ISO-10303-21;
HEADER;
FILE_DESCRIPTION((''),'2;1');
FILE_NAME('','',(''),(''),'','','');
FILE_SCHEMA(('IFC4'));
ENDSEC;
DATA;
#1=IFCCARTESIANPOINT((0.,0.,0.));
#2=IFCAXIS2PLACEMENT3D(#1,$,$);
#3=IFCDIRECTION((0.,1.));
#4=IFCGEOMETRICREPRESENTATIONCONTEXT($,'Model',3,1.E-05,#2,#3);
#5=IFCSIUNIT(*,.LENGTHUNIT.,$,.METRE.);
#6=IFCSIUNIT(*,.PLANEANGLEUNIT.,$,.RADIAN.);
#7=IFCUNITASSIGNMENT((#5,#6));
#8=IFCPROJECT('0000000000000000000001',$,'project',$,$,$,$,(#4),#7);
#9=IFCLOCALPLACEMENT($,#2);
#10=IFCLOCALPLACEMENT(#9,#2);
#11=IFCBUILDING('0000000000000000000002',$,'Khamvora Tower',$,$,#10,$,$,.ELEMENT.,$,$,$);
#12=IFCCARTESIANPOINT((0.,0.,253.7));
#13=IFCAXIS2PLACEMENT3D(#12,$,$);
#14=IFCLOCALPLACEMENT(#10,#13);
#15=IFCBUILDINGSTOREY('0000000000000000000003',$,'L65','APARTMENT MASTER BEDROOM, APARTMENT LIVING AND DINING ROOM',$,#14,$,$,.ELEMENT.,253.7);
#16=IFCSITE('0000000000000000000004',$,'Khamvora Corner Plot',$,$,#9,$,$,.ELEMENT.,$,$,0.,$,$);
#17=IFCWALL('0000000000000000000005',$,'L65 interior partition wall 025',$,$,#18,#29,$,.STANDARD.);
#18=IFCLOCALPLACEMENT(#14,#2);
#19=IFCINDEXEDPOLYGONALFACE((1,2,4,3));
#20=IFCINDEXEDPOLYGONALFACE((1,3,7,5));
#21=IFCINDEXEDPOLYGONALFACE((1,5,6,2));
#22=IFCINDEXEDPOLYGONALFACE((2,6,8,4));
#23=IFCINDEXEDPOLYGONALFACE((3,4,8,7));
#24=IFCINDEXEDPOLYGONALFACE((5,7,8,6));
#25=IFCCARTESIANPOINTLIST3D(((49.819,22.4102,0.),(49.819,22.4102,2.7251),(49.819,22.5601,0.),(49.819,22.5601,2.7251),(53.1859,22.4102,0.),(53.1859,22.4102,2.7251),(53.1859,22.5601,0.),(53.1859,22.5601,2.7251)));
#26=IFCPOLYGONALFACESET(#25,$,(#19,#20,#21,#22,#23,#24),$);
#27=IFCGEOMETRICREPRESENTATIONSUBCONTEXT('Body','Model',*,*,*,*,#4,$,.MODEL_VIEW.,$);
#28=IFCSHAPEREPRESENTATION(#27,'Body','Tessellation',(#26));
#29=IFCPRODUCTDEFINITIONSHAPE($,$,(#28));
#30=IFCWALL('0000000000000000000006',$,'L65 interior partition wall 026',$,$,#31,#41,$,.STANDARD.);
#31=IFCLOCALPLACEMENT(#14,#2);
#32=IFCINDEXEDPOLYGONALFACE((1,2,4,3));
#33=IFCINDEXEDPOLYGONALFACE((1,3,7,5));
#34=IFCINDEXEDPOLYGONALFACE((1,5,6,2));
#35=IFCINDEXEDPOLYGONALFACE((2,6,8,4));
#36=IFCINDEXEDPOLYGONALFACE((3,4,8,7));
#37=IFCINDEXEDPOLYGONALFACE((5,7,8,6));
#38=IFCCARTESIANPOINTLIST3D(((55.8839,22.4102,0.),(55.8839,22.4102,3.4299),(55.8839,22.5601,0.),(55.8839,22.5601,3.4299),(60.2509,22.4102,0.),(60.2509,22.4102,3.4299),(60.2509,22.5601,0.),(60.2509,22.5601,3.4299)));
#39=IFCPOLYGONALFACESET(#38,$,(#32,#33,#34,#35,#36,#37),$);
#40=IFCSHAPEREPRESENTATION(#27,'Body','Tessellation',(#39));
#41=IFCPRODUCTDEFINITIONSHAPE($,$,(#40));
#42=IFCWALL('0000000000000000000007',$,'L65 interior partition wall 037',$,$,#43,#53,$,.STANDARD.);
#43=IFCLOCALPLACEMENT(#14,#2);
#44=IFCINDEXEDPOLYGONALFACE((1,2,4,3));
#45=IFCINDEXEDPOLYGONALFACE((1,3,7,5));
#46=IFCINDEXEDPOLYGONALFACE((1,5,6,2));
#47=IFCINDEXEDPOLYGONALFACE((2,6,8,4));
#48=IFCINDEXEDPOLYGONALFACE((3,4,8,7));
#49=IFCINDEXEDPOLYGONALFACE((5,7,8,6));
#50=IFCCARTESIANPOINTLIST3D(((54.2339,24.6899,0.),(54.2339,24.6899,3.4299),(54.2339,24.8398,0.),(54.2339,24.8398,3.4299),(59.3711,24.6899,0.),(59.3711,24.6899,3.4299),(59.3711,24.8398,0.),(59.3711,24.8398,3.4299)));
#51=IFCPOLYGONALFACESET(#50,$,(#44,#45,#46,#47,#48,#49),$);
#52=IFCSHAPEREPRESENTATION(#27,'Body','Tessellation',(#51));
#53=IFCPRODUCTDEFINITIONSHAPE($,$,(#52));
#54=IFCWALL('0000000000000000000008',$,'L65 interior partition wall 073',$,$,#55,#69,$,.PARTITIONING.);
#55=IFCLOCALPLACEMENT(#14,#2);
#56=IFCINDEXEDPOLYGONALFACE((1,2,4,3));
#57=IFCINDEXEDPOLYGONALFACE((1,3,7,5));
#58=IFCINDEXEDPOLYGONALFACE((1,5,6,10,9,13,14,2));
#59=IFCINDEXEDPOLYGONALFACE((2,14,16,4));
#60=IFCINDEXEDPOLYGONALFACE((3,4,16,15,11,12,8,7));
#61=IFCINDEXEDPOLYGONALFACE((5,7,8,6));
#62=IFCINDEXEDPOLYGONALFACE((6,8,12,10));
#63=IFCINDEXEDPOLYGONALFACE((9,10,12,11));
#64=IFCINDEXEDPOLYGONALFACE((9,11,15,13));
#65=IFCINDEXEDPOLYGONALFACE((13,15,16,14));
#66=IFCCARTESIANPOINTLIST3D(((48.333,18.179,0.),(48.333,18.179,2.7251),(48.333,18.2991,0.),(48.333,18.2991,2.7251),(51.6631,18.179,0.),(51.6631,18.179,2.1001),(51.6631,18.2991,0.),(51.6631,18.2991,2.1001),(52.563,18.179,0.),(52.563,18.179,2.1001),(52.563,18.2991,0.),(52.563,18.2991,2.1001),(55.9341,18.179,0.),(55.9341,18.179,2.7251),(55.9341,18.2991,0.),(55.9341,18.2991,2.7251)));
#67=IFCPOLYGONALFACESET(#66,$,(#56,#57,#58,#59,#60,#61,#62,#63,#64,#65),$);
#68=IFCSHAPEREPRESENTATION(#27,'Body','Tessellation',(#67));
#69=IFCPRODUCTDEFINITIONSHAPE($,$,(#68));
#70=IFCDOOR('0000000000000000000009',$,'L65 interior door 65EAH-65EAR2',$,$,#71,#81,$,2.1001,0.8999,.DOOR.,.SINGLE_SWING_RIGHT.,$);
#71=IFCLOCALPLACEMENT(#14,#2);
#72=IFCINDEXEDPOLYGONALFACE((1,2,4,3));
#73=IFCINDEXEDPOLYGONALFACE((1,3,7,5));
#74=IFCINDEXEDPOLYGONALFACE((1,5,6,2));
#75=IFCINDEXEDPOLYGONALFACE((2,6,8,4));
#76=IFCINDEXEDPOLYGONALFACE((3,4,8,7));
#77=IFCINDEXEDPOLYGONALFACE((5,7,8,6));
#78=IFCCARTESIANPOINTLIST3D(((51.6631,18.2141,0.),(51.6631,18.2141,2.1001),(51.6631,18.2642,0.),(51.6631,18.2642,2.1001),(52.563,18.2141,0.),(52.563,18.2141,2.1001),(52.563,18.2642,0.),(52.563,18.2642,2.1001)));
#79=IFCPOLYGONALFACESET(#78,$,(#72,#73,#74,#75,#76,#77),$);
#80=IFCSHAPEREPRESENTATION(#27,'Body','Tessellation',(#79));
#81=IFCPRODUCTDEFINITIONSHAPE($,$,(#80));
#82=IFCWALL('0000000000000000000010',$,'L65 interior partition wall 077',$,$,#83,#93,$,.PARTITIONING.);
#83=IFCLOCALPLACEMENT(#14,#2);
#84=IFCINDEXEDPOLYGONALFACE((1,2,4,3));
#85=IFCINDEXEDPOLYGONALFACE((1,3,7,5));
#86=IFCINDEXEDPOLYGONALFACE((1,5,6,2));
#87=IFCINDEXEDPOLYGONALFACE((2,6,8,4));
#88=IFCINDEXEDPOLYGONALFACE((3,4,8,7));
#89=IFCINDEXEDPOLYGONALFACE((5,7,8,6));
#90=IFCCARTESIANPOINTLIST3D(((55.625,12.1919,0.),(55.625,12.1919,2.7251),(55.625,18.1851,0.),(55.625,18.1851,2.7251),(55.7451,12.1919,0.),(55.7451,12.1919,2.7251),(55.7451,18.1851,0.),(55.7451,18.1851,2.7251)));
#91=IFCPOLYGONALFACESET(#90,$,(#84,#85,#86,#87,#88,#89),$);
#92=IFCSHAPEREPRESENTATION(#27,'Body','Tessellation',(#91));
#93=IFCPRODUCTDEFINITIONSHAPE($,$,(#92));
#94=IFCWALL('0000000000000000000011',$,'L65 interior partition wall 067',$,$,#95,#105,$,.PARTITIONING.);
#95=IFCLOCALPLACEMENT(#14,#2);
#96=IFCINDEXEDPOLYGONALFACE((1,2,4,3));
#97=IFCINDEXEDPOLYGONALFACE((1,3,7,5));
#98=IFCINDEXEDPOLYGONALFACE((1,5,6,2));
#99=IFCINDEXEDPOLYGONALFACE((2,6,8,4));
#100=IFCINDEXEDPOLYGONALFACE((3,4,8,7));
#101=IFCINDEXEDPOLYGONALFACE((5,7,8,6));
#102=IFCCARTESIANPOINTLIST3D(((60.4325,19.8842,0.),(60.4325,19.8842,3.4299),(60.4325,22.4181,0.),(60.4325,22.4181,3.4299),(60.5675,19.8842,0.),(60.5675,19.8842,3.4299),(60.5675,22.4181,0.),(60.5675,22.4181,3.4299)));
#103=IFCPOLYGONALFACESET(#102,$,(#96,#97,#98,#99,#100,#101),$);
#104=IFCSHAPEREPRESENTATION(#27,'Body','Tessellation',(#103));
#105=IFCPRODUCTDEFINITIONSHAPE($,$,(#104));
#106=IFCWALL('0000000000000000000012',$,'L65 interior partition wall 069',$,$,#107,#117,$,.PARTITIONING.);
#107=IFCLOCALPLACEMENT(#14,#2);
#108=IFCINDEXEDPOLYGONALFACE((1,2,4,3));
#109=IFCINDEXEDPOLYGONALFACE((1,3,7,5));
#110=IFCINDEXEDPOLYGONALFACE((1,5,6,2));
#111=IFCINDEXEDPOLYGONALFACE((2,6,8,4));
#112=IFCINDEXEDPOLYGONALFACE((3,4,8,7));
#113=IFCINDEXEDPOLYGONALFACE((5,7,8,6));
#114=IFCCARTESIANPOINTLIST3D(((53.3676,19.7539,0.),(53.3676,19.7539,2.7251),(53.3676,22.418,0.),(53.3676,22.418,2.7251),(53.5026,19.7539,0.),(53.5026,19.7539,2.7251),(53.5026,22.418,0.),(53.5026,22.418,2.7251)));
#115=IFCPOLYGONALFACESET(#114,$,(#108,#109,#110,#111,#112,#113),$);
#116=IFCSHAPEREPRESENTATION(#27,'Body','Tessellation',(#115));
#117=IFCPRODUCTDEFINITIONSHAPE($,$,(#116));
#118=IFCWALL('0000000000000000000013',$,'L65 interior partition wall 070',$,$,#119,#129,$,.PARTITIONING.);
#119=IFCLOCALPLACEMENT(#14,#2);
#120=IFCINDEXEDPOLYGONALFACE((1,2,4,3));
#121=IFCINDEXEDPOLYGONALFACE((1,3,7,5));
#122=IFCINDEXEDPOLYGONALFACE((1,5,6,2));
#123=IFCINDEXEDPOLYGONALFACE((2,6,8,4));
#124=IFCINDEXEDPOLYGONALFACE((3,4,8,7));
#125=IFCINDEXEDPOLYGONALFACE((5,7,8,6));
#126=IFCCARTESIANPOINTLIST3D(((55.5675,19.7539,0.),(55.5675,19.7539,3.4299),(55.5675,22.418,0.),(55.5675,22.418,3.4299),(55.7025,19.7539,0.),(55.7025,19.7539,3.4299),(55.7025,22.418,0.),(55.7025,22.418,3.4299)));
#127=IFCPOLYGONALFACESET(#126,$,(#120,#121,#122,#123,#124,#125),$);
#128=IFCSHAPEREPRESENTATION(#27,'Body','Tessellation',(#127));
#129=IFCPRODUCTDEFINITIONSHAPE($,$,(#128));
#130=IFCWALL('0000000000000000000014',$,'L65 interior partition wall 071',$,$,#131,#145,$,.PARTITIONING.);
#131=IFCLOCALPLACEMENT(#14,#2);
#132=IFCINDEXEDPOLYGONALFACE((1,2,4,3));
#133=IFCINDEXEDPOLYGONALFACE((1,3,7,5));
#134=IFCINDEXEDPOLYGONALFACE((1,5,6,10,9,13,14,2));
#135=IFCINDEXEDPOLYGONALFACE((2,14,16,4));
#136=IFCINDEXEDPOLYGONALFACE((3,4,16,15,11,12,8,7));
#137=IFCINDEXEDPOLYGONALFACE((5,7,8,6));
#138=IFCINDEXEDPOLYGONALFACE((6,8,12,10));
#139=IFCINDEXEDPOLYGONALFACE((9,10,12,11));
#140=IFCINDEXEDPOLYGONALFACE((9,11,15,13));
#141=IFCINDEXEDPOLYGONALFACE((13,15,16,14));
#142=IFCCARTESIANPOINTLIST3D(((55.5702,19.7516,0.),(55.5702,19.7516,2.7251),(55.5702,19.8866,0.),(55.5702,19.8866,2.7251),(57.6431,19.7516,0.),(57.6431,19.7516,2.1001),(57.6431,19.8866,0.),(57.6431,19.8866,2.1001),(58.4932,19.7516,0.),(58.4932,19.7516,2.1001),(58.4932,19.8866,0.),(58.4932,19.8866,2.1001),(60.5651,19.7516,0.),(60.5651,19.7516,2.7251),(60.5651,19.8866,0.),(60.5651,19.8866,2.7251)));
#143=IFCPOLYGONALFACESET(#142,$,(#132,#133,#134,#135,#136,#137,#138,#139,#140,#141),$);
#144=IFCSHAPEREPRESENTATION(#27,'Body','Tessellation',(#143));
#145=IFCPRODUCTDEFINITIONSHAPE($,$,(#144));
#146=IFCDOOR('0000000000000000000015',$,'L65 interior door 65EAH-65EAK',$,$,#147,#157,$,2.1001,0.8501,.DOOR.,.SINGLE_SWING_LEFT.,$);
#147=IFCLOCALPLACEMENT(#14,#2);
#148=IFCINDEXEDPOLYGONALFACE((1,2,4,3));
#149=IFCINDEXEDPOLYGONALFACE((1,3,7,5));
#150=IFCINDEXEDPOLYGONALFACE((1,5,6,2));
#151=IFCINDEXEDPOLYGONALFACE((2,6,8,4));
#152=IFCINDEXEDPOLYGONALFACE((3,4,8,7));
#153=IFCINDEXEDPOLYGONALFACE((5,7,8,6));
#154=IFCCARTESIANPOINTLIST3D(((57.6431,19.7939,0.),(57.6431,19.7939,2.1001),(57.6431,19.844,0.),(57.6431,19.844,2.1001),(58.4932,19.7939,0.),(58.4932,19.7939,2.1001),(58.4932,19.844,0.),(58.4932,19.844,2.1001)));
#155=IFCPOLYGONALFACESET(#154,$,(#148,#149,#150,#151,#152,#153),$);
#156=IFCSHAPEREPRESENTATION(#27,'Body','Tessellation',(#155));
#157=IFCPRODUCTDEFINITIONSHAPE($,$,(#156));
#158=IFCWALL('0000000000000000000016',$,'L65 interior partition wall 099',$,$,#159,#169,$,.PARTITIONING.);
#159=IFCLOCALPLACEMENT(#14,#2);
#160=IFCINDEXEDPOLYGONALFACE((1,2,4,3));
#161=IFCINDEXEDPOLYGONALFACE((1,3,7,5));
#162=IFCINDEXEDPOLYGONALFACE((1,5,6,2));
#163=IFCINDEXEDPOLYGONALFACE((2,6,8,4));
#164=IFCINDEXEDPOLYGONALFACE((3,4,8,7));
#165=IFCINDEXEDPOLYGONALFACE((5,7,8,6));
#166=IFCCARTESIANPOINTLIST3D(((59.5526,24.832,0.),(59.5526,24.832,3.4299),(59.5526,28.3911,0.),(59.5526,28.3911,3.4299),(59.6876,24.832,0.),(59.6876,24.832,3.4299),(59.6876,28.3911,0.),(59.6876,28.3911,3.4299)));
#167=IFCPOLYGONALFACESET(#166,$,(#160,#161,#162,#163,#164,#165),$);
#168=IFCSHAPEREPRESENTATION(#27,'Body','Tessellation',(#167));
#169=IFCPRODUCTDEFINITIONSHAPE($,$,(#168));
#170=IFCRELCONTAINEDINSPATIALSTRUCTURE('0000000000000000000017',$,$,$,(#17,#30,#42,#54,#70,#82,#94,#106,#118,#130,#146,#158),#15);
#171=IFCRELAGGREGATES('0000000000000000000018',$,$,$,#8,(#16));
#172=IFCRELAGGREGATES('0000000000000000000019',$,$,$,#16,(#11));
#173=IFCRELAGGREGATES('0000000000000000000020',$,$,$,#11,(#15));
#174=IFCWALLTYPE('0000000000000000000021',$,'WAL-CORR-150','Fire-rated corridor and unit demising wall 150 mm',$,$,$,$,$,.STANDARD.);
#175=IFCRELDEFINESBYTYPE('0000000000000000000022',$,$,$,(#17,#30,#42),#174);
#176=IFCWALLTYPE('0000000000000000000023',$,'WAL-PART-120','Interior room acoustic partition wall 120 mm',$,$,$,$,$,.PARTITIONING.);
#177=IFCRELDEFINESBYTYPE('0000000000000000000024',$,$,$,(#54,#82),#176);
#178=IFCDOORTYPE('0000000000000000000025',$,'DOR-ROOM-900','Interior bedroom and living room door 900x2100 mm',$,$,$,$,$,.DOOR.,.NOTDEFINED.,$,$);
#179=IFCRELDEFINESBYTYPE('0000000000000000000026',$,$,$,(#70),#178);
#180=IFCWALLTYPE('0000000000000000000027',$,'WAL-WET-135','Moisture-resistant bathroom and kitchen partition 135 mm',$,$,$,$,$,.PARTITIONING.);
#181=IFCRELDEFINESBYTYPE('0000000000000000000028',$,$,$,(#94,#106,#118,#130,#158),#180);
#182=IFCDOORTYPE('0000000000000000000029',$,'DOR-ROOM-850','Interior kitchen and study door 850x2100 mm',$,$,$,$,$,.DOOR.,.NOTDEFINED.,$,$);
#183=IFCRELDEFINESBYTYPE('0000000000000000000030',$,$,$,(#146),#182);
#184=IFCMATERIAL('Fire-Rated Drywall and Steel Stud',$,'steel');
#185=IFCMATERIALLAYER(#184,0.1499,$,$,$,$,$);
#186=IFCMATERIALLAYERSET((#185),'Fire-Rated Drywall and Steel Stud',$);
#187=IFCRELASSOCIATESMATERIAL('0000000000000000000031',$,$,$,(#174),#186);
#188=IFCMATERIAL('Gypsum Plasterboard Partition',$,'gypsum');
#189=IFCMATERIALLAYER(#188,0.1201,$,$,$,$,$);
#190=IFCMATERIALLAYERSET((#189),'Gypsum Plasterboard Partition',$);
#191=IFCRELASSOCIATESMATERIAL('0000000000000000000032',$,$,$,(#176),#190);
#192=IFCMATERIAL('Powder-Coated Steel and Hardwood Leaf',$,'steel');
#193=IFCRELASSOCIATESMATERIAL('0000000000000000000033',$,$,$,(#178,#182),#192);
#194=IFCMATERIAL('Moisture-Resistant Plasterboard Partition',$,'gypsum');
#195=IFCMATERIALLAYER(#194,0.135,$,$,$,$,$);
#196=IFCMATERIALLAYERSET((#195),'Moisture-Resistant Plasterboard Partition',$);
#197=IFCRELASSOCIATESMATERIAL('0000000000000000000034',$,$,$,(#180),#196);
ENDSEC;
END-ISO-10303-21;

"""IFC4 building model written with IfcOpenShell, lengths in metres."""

from ifc_helpers import new_model, si_unit, direction, frame, frame_2d, origin, place, context, subcontext, project, spatial, rectangle, extrude, material, layer, layer_set, type_object, element, fill, save


model = new_model("IFC4")

# Units and contexts
model_context = context("Model", 3, precision=1e-05, world=origin(), true_north=direction((0.0, 1.0)))
body_context = subcontext(model_context, "Body", "Model", "MODEL_VIEW")
ifc_project = project(units=[si_unit("LENGTHUNIT", "METRE"), si_unit("PLANEANGLEUNIT", "RADIAN")], contexts=[model_context])

# Site, building, storey
site_placement = place(None, origin())
site = spatial("IfcSite", under=ifc_project, at=site_placement, Name="Khamvora Corner Plot", CompositionType="ELEMENT", RefElevation=0.0)
building_placement = place(site_placement, origin())
building = spatial("IfcBuilding", under=site, at=building_placement, Name="Khamvora Tower", CompositionType="ELEMENT")
storey_placement = place(building_placement, frame((0.0, 0.0, 253.7)))
storey = spatial("IfcBuildingStorey", under=building, at=storey_placement, Name="L65", Description="APARTMENT MASTER BEDROOM, APARTMENT LIVING AND DINING ROOM", CompositionType="ELEMENT", Elevation=253.7)

# Shared definitions
ifc_material_1 = material(Name="Fire-Rated Drywall and Steel Stud", Category="steel")
ifc_layer_1 = layer(ifc_material_1, 0.1499)
ifc_layer_set_1 = layer_set([ifc_layer_1], Name="Fire-Rated Drywall and Steel Stud")
wall_type_1 = type_object("IfcWallType", Name="WAL-CORR-150", Description="Fire-rated corridor and unit demising wall 150 mm", PredefinedType="STANDARD", material=ifc_layer_set_1)
ifc_material_2 = material(Name="Powder-Coated Steel and Hardwood Leaf", Category="steel")

# Walls
wall_1_placement = place(storey_placement, frame((53.186, 22.4851, 0.0), z_axis=(0.0, 0.0, 1.0), x_axis=(-1.0, 0.0, 0.0)))
element("IfcWall", 1, at=wall_1_placement, inside=storey, type_object=wall_type_1, Name="L65 interior partition wall 025", PredefinedType="STANDARD", context=body_context, shape_type="SweptSolid", body=[
    extrude(rectangle(XDim=3.3669, YDim=0.1499, at=frame_2d((1.6836, 0.0))), origin(), (0.0, 0.0, 1.0), 2.7251),
])
wall_2_placement = place(storey_placement, frame((60.251, 22.4851, 0.0), z_axis=(0.0, 0.0, 1.0), x_axis=(-1.0, 0.0, 0.0)))
element("IfcWall", 2, at=wall_2_placement, inside=storey, type_object=wall_type_1, Name="L65 interior partition wall 026", PredefinedType="STANDARD", context=body_context, shape_type="SweptSolid", body=[
    extrude(rectangle(XDim=4.3669, YDim=0.1499, at=frame_2d((2.1836, 0.0))), origin(), (0.0, 0.0, 1.0), 3.4299),
])

# Wall
wall_3_placement = place(storey_placement, frame((54.2339, 24.7649, 0.0), z_axis=(0.0, 0.0, 1.0), x_axis=(1.0, 0.0, 0.0)))
element("IfcWall", 3, at=wall_3_placement, inside=storey, type_object=wall_type_1, Name="L65 interior partition wall 037", PredefinedType="STANDARD", context=body_context, shape_type="SweptSolid", body=[
    extrude(rectangle(XDim=5.1372, YDim=0.1499, at=frame_2d((2.5686, 0.0))), origin(), (0.0, 0.0, 1.0), 3.4299),
])

# Wall, opening, door
ifc_material_3 = material(Name="Gypsum Plasterboard Partition", Category="gypsum")
ifc_layer_2 = layer(ifc_material_3, 0.1201)
ifc_layer_set_2 = layer_set([ifc_layer_2], Name="Gypsum Plasterboard Partition")
wall_type_2 = type_object("IfcWallType", Name="WAL-PART-120", Description="Interior room acoustic partition wall 120 mm", PredefinedType="PARTITIONING", material=ifc_layer_set_2)
wall_4_placement = place(storey_placement, frame((55.9341, 18.239, 0.0), z_axis=(0.0, 0.0, 1.0), x_axis=(-1.0, 0.0, 0.0)))
wall_4 = element("IfcWall", 4, at=wall_4_placement, inside=storey, type_object=wall_type_2, Name="L65 interior partition wall 073", PredefinedType="PARTITIONING", context=body_context, shape_type="SweptSolid", body=[
    extrude(rectangle(XDim=7.6011, YDim=0.1201, at=frame_2d((3.8005, 0.0))), origin(), (0.0, 0.0, 1.0), 2.7251),
])
opening_1_placement = place(wall_4_placement, frame((3.3711, 0.0, 0.0)))
opening_1 = element("IfcOpeningElement", 5, at=opening_1_placement, cuts=wall_4, PredefinedType="OPENING", context=body_context, shape_type="SweptSolid", body=[
    extrude(rectangle(XDim=0.8999, YDim=2.1001, at=frame_2d((0.45, 1.05))), frame((0.0, 0.0701, 0.0), z_axis=(0.0, -1.0, 0.0), x_axis=(1.0, 0.0, 0.0)), (0.0, 0.0, 1.0), 0.1401),
])
door_type_1 = type_object("IfcDoorType", Name="DOR-ROOM-900", Description="Interior bedroom and living room door 900x2100 mm", OperationType="NOTDEFINED", PredefinedType="DOOR", material=ifc_material_2)
door_1_placement = place(opening_1_placement, origin())
door_1 = element("IfcDoor", 6, at=door_1_placement, inside=storey, type_object=door_type_1, Name="L65 interior door 65EAH-65EAR2", OperationType="SINGLE_SWING_RIGHT", OverallHeight=2.1001, OverallWidth=0.8999, PredefinedType="DOOR", context=body_context, shape_type="SweptSolid", body=[
    extrude(rectangle(XDim=0.8999, YDim=2.1001, at=frame_2d((0.45, 1.05))), frame((0.0, 0.0249, 0.0), z_axis=(0.0, -1.0, 0.0), x_axis=(1.0, 0.0, 0.0)), (0.0, 0.0, 1.0), 0.05),
])
fill(opening_1, door_1)

# Walls
wall_5_placement = place(storey_placement, frame((55.6851, 18.1851, 0.0), z_axis=(0.0, 0.0, 1.0), x_axis=(0.0, -1.0, 0.0)))
element("IfcWall", 7, at=wall_5_placement, inside=storey, type_object=wall_type_2, Name="L65 interior partition wall 077", PredefinedType="PARTITIONING", context=body_context, shape_type="SweptSolid", body=[
    extrude(rectangle(XDim=5.9932, YDim=0.1201, at=frame_2d((2.9966, 0.0))), origin(), (0.0, 0.0, 1.0), 2.7251),
])
ifc_material_4 = material(Name="Moisture-Resistant Plasterboard Partition", Category="gypsum")
ifc_layer_3 = layer(ifc_material_4, 0.135)
ifc_layer_set_3 = layer_set([ifc_layer_3], Name="Moisture-Resistant Plasterboard Partition")
wall_type_3 = type_object("IfcWallType", Name="WAL-WET-135", Description="Moisture-resistant bathroom and kitchen partition 135 mm", PredefinedType="PARTITIONING", material=ifc_layer_set_3)
wall_6_placement = place(storey_placement, frame((60.5, 19.884, 0.0), z_axis=(0.0, 0.0, 1.0), x_axis=(0.0, 1.0, 0.0)))
element("IfcWall", 8, at=wall_6_placement, inside=storey, type_object=wall_type_3, Name="L65 interior partition wall 067", PredefinedType="PARTITIONING", context=body_context, shape_type="SweptSolid", body=[
    extrude(rectangle(XDim=2.5339, YDim=0.135, at=frame_2d((1.2671, 0.0))), origin(), (0.0, 0.0, 1.0), 3.4299),
])
wall_7_placement = place(storey_placement, frame((53.4351, 19.7539, 0.0), z_axis=(0.0, 0.0, 1.0), x_axis=(0.0, 1.0, 0.0)))
element("IfcWall", 9, at=wall_7_placement, inside=storey, type_object=wall_type_3, Name="L65 interior partition wall 069", PredefinedType="PARTITIONING", context=body_context, shape_type="SweptSolid", body=[
    extrude(rectangle(XDim=2.6641, YDim=0.135, at=frame_2d((1.332, 0.0))), origin(), (0.0, 0.0, 1.0), 2.7251),
])
wall_8_placement = place(storey_placement, frame((55.635, 22.418, 0.0), z_axis=(0.0, 0.0, 1.0), x_axis=(0.0, -1.0, 0.0)))
element("IfcWall", 10, at=wall_8_placement, inside=storey, type_object=wall_type_3, Name="L65 interior partition wall 070", PredefinedType="PARTITIONING", context=body_context, shape_type="SweptSolid", body=[
    extrude(rectangle(XDim=2.6641, YDim=0.135, at=frame_2d((1.332, 0.0))), origin(), (0.0, 0.0, 1.0), 3.4299),
])

# Wall, opening, door
wall_9_placement = place(storey_placement, frame((55.5701, 19.8191, 0.0), z_axis=(0.0, 0.0, 1.0), x_axis=(1.0, 0.0, 0.0)))
wall_9 = element("IfcWall", 11, at=wall_9_placement, inside=storey, type_object=wall_type_3, Name="L65 interior partition wall 071", PredefinedType="PARTITIONING", context=body_context, shape_type="SweptSolid", body=[
    extrude(rectangle(XDim=4.9949, YDim=0.135, at=frame_2d((2.4976, 0.0))), origin(), (0.0, 0.0, 1.0), 2.7251),
])
opening_2_placement = place(wall_9_placement, frame((2.073, 0.0, 0.0)))
opening_2 = element("IfcOpeningElement", 12, at=opening_2_placement, cuts=wall_9, PredefinedType="OPENING", context=body_context, shape_type="SweptSolid", body=[
    extrude(rectangle(XDim=0.8501, YDim=2.1001, at=frame_2d((0.425, 1.05))), frame((0.0, 0.0774, 0.0), z_axis=(0.0, -1.0, 0.0), x_axis=(1.0, 0.0, 0.0)), (0.0, 0.0, 1.0), 0.155),
])
door_type_2 = type_object("IfcDoorType", Name="DOR-ROOM-850", Description="Interior kitchen and study door 850x2100 mm", OperationType="NOTDEFINED", PredefinedType="DOOR", material=ifc_material_2)
door_2_placement = place(opening_2_placement, origin())
door_2 = element("IfcDoor", 13, at=door_2_placement, inside=storey, type_object=door_type_2, Name="L65 interior door 65EAH-65EAK", OperationType="SINGLE_SWING_LEFT", OverallHeight=2.1001, OverallWidth=0.8501, PredefinedType="DOOR", context=body_context, shape_type="SweptSolid", body=[
    extrude(rectangle(XDim=0.8501, YDim=2.1001, at=frame_2d((0.425, 1.05))), frame((0.0, 0.0249, 0.0), z_axis=(0.0, -1.0, 0.0), x_axis=(1.0, 0.0, 0.0)), (0.0, 0.0, 1.0), 0.05),
])
fill(opening_2, door_2)

# Wall
wall_10_placement = place(storey_placement, frame((59.6201, 24.832, 0.0), z_axis=(0.0, 0.0, 1.0), x_axis=(0.0, 1.0, 0.0)))
element("IfcWall", 14, at=wall_10_placement, inside=storey, type_object=wall_type_3, Name="L65 interior partition wall 099", PredefinedType="PARTITIONING", context=body_context, shape_type="SweptSolid", body=[
    extrude(rectangle(XDim=3.5591, YDim=0.135, at=frame_2d((1.7795, 0.0))), origin(), (0.0, 0.0, 1.0), 3.4299),
])

save(model, "model.ifc")
